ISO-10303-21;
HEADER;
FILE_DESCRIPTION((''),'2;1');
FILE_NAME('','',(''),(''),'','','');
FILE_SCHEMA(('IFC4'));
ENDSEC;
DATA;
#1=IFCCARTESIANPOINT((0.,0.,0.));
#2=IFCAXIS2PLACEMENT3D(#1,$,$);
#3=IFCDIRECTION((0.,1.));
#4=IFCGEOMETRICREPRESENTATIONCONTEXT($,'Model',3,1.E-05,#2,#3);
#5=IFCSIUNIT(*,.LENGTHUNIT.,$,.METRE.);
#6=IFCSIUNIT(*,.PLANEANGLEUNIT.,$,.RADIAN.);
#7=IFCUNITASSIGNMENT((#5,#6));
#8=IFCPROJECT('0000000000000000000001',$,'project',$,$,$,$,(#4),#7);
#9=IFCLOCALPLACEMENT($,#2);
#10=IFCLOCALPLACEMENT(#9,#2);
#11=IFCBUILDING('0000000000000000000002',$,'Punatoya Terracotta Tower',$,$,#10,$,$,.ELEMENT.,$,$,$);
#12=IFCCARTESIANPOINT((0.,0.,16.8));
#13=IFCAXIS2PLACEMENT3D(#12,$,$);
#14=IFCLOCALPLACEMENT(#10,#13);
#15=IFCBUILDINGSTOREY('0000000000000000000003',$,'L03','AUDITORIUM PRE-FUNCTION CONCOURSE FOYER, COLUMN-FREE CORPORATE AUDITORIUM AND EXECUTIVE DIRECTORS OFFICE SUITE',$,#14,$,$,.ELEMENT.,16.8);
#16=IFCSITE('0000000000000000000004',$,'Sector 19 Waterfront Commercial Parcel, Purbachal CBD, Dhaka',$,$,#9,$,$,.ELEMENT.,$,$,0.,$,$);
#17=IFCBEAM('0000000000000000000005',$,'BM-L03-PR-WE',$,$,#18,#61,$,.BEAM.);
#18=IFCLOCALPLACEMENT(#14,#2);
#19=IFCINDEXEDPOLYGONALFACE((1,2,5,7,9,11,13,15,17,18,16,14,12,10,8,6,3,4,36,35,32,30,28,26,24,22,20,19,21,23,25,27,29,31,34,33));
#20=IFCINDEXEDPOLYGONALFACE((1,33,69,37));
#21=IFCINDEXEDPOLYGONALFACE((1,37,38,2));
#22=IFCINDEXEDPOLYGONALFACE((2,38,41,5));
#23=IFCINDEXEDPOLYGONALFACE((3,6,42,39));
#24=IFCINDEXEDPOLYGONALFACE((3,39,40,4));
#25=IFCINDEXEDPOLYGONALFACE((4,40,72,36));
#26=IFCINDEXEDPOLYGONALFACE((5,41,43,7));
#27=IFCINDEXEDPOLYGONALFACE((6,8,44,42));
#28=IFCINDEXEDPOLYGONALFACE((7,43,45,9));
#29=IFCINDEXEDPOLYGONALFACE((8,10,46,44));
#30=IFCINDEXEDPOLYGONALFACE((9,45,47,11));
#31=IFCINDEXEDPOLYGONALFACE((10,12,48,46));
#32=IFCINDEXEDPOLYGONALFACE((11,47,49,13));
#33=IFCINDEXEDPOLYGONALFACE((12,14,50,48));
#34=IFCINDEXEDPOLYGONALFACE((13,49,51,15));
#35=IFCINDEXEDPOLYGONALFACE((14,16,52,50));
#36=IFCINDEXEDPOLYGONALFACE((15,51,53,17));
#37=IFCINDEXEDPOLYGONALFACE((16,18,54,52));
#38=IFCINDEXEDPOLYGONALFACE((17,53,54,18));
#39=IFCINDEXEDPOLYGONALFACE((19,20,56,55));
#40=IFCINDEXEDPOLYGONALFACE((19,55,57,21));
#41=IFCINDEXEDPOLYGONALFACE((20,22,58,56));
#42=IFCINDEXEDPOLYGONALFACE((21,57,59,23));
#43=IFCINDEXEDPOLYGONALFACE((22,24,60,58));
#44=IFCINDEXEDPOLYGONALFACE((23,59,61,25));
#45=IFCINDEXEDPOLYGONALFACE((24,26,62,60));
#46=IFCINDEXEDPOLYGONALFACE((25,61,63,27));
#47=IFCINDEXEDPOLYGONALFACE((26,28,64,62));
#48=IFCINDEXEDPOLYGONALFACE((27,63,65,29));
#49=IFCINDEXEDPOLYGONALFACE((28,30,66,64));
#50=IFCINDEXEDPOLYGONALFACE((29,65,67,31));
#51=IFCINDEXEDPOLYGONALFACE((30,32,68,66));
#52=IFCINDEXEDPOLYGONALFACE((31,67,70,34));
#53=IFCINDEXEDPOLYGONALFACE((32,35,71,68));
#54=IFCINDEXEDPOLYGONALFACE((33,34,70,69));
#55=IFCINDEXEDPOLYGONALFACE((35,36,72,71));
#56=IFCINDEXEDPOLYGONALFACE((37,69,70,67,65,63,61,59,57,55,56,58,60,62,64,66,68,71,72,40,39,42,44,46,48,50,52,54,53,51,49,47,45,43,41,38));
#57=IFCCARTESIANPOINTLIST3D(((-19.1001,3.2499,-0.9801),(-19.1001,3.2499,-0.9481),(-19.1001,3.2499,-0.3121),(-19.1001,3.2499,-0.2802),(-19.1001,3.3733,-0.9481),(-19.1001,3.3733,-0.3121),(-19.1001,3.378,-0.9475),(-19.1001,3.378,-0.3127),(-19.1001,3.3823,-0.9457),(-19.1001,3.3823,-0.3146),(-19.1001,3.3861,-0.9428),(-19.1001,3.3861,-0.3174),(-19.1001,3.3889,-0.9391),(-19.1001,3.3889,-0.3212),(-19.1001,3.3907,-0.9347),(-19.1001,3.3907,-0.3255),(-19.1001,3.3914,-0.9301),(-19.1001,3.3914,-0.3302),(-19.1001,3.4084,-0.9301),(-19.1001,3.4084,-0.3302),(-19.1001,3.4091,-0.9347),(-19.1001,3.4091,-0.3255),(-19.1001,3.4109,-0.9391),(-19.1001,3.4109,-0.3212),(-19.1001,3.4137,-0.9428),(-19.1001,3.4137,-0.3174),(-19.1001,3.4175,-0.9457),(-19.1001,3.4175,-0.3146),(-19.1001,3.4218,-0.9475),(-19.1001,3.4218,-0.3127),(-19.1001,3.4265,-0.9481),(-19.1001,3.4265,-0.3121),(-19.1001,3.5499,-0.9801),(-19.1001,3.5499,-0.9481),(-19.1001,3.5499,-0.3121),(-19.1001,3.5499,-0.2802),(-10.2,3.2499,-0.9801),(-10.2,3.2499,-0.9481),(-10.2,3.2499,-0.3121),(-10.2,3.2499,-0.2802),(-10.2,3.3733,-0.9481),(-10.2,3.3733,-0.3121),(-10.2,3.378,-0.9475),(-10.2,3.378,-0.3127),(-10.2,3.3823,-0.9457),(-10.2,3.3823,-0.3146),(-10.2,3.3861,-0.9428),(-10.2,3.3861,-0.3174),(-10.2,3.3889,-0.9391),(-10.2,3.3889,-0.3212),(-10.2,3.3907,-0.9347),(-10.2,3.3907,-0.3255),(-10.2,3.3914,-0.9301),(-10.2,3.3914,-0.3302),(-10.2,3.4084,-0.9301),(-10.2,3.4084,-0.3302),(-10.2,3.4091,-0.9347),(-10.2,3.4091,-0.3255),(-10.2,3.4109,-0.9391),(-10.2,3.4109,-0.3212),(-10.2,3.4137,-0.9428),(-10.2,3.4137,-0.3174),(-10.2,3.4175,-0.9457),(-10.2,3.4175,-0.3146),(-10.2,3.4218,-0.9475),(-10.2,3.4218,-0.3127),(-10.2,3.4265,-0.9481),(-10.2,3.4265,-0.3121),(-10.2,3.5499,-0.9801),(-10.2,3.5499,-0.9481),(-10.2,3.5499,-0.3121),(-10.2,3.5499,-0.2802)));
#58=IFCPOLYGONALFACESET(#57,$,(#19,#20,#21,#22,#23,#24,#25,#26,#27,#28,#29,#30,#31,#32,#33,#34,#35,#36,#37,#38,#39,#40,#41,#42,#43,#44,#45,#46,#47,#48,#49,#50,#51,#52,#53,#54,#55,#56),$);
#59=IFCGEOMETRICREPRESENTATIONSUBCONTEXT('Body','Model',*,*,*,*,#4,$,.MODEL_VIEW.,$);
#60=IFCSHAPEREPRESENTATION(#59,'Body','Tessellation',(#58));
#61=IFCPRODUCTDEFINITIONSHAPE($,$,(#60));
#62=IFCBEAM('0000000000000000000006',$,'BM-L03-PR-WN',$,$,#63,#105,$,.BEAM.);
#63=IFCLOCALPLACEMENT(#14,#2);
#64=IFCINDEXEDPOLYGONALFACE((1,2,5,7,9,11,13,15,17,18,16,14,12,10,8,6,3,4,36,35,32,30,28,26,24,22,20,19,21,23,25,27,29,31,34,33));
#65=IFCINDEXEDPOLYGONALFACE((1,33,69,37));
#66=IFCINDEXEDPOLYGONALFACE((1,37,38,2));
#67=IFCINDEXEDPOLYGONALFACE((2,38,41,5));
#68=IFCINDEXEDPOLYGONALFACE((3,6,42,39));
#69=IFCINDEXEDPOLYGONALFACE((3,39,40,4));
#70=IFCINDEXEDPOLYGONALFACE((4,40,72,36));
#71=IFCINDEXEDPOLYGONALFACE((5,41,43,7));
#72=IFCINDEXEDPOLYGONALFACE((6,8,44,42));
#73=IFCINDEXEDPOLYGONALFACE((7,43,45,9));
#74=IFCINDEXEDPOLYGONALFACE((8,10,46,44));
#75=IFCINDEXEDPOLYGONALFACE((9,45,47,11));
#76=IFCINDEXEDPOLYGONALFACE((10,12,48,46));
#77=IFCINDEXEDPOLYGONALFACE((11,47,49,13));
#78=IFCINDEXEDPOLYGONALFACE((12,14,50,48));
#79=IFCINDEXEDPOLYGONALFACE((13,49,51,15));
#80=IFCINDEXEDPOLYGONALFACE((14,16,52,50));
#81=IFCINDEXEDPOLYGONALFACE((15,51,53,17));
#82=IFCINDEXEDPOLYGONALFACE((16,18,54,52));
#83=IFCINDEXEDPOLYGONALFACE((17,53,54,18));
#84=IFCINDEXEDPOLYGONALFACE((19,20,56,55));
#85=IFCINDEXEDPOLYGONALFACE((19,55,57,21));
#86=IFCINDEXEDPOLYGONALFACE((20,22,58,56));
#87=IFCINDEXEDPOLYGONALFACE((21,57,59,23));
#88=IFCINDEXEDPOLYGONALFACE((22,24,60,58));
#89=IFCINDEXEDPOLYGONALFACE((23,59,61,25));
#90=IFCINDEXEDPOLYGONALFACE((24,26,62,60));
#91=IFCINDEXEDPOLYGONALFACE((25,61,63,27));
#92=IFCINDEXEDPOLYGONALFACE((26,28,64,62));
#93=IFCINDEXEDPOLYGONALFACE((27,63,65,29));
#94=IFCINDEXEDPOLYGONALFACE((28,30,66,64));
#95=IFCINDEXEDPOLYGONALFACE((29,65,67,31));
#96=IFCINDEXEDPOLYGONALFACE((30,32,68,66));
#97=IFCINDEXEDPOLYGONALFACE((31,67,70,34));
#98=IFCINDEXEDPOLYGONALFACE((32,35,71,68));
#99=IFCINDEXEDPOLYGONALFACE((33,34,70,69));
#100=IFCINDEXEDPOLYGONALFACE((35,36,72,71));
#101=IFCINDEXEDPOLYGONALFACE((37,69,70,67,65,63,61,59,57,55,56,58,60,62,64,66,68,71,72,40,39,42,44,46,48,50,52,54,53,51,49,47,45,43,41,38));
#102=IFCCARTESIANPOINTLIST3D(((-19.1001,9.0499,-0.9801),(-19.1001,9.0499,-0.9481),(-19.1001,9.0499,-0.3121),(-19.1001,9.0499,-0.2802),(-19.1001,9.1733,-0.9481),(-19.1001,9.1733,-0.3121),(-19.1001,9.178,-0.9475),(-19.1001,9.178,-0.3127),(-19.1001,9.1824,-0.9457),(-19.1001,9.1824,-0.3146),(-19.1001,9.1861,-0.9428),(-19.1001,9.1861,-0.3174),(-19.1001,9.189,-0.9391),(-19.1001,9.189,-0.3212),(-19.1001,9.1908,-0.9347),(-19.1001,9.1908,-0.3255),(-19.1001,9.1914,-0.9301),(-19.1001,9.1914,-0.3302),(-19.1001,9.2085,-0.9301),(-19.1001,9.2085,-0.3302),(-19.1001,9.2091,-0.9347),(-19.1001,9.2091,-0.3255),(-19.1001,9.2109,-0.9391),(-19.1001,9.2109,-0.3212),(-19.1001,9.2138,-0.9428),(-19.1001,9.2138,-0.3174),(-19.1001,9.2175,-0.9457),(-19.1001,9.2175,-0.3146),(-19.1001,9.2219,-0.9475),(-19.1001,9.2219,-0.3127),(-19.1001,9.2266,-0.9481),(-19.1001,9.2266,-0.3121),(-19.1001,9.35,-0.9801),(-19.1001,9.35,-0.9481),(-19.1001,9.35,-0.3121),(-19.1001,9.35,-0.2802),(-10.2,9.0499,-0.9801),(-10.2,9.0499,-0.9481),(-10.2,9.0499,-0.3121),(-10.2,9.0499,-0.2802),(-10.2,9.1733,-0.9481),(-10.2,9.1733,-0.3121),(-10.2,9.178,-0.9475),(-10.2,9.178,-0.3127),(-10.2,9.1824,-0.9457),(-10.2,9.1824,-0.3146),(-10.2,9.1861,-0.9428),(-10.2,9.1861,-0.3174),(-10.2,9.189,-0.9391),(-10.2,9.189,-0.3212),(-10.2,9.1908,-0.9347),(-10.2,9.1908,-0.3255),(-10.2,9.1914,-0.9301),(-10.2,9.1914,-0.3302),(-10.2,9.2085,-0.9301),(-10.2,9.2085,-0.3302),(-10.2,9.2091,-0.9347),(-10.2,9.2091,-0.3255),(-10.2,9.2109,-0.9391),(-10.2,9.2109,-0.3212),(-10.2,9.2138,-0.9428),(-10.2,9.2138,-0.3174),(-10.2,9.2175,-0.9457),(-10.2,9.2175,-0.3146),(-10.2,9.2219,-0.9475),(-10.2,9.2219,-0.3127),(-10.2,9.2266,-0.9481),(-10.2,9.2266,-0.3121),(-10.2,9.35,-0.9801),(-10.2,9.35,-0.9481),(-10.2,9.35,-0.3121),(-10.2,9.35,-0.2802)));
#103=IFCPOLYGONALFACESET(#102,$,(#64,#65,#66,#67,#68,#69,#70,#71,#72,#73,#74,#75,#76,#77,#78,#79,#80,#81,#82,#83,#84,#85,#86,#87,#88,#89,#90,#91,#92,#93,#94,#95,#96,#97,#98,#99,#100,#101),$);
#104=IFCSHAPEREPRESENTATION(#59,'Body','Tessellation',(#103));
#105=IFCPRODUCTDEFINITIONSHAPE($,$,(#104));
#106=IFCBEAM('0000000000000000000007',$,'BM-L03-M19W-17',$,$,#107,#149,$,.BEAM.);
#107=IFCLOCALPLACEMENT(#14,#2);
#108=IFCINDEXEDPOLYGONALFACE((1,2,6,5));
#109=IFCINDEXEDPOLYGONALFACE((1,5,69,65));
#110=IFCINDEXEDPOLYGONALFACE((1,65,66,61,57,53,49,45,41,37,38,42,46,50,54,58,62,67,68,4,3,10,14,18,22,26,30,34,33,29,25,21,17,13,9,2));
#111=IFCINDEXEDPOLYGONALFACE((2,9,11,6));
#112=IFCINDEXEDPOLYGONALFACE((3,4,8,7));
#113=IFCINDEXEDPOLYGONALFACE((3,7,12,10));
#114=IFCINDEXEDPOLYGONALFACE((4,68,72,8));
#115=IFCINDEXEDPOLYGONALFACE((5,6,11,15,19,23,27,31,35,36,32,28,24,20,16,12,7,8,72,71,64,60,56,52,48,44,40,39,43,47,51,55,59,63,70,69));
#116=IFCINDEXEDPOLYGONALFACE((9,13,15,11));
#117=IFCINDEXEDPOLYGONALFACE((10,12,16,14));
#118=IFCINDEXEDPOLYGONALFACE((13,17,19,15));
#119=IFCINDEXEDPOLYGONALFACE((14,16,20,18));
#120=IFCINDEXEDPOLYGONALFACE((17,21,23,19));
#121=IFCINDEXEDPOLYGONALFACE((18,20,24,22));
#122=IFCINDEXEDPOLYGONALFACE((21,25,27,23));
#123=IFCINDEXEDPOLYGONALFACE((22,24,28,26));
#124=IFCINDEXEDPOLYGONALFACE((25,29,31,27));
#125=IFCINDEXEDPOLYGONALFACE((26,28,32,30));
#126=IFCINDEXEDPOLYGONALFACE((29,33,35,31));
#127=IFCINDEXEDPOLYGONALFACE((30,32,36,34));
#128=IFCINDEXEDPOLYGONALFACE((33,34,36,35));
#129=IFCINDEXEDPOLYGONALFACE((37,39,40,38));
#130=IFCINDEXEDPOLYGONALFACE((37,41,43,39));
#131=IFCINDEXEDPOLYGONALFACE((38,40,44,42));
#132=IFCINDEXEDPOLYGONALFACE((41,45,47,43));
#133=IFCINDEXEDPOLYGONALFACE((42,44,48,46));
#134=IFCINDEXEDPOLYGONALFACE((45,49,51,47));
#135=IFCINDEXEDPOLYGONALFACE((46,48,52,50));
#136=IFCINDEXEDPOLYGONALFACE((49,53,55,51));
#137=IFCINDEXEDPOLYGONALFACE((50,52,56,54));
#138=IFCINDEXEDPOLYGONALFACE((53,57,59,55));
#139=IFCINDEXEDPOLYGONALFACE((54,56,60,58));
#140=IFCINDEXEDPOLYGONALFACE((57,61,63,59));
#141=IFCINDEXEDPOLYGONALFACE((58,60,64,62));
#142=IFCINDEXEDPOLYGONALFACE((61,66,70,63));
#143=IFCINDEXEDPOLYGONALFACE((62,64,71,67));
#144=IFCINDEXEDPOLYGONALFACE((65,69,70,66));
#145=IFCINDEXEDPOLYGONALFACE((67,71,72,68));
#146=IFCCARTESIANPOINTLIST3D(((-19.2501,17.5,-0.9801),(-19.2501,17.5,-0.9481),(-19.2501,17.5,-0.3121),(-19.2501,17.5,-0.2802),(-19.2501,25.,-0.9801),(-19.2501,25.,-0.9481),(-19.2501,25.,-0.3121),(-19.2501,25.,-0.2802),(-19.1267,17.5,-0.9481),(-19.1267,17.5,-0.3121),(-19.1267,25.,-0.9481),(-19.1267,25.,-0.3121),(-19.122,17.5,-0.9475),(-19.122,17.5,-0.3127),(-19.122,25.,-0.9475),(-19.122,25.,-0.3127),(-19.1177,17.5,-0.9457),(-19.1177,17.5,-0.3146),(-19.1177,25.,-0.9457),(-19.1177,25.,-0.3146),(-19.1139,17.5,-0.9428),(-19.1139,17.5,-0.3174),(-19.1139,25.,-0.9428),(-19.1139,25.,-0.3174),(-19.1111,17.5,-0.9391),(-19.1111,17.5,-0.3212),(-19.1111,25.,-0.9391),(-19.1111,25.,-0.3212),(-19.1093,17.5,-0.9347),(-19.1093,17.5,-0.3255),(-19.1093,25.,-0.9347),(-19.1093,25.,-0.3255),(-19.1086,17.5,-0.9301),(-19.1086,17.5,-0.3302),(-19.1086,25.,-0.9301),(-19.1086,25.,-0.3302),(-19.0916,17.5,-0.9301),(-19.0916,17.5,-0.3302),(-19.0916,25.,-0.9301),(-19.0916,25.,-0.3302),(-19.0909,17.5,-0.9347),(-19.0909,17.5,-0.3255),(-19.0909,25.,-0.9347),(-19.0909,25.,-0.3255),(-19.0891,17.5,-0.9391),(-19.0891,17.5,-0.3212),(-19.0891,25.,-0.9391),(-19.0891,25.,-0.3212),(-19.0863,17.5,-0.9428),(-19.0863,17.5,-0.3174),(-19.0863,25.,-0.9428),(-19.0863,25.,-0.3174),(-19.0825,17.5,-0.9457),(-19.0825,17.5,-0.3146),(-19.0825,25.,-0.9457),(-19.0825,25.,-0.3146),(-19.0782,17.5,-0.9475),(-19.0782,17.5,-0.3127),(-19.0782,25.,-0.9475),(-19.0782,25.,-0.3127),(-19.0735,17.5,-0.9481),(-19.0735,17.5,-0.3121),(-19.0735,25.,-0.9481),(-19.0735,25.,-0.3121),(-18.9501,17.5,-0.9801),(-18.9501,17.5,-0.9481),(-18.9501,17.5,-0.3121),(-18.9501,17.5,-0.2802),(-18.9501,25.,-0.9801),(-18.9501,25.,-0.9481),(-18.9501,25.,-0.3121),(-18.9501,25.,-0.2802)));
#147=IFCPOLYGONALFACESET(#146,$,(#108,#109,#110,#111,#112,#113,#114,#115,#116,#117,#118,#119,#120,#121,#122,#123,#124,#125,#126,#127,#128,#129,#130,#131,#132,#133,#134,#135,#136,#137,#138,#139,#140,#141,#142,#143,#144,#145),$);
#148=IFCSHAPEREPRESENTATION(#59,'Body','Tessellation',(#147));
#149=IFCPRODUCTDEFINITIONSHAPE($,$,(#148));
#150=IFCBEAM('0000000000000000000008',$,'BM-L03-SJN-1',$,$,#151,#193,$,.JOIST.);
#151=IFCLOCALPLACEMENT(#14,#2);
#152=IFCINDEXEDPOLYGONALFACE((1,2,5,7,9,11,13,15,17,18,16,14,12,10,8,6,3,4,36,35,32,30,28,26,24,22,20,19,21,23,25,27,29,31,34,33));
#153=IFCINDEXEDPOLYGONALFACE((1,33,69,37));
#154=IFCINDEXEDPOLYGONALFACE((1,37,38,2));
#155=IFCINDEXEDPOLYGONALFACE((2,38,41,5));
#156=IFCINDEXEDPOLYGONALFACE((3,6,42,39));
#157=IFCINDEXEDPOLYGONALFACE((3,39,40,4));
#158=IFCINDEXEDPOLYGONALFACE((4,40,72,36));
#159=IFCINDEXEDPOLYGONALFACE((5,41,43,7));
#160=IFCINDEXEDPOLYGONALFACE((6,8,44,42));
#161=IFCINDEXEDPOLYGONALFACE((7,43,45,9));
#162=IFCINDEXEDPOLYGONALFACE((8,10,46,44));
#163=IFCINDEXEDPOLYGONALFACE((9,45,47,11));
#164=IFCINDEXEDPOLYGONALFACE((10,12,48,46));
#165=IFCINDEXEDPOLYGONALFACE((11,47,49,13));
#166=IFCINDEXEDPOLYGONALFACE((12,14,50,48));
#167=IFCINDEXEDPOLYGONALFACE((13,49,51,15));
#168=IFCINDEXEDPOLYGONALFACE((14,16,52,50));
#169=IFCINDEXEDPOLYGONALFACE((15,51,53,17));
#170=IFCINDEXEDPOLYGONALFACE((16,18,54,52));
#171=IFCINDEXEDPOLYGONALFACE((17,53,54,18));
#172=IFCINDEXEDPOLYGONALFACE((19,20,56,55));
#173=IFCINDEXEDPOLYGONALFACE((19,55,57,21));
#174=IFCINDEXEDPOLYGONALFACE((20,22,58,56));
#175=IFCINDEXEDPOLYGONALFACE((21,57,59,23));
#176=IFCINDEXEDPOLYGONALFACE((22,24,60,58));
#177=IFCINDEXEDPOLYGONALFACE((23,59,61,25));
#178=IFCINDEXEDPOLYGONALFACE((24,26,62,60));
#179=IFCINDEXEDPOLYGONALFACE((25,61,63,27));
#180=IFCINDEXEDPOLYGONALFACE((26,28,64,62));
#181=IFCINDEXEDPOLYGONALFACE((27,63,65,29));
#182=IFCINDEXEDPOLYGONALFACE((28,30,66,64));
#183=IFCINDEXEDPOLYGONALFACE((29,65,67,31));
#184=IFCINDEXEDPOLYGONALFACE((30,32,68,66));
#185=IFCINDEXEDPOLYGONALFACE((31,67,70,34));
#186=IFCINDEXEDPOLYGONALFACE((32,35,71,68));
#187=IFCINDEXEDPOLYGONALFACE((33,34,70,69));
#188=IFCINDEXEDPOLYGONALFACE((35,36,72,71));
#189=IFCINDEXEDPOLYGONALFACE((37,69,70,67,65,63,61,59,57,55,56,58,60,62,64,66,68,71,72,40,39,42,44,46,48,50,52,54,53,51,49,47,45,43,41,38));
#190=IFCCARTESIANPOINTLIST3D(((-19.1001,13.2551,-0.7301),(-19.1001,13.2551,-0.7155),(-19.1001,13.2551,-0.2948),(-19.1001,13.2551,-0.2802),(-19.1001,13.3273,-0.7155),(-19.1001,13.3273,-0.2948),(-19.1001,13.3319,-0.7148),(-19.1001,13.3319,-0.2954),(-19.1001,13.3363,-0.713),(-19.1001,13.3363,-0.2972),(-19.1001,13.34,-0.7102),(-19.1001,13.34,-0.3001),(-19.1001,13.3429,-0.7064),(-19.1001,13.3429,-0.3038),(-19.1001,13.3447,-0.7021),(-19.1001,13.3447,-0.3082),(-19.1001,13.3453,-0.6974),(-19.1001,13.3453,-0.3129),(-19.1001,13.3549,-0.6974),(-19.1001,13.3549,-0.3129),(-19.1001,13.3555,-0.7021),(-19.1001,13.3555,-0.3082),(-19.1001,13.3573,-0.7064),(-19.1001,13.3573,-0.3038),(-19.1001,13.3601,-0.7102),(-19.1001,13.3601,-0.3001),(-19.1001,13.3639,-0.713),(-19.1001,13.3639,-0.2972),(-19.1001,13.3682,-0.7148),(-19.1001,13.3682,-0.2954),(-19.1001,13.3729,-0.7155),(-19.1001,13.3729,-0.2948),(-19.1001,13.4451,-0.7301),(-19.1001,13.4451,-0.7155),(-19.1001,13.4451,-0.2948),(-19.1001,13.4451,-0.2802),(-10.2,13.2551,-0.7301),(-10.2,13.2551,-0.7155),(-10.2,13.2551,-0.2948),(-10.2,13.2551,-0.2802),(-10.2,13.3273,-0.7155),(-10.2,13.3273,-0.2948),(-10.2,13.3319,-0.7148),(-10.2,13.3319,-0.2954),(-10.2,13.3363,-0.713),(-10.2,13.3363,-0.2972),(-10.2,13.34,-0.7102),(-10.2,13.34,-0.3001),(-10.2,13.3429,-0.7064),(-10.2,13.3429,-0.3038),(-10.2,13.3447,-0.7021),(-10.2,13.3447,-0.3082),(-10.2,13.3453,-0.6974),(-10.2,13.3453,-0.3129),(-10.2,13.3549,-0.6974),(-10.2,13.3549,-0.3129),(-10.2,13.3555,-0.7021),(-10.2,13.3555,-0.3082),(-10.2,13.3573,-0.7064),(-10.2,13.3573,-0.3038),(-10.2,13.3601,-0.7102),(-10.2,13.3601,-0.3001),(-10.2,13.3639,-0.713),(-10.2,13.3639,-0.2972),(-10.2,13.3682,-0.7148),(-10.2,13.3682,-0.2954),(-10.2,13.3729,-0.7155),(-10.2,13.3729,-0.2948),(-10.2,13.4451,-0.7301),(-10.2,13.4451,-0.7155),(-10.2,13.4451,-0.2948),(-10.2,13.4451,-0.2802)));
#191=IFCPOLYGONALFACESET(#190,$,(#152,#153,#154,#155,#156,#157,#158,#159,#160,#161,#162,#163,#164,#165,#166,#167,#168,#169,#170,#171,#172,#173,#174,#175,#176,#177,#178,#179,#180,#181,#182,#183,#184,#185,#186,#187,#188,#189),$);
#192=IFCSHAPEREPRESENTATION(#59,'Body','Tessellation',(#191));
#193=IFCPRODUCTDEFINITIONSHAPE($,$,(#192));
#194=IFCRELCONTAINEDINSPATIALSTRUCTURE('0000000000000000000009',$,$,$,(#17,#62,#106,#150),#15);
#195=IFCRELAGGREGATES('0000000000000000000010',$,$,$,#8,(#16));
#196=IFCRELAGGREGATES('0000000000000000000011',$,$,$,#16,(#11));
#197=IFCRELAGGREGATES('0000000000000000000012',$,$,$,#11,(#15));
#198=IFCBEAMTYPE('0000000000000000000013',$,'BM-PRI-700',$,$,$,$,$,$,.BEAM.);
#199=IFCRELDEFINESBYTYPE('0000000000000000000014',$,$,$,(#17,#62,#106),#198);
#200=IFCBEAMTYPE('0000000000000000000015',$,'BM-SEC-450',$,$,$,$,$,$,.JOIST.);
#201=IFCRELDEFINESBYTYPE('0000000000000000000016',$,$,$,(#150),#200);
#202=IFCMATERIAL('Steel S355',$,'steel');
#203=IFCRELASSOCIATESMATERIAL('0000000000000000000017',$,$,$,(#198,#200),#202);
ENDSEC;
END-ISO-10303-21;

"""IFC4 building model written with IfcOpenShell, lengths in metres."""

from ifc_helpers import new_model, si_unit, direction, frame, origin, origin_2d, place, context, subcontext, project, spatial, i_section, extrude, material, material_profile, profile_set, type_object, element, save


model = new_model("IFC4")

# Units and contexts
model_context = context("Model", 3, precision=1e-05, world=origin(), true_north=direction((0.0, 1.0)))
body_context = subcontext(model_context, "Body", "Model", "MODEL_VIEW")
ifc_project = project(units=[si_unit("LENGTHUNIT", "METRE"), si_unit("PLANEANGLEUNIT", "RADIAN")], contexts=[model_context])

# Site, building, storey
site_placement = place(None, origin())
site = spatial("IfcSite", under=ifc_project, at=site_placement, Name="Sector 19 Waterfront Commercial Parcel, Purbachal CBD, Dhaka", CompositionType="ELEMENT", RefElevation=0.0)
building_placement = place(site_placement, origin())
building = spatial("IfcBuilding", under=site, at=building_placement, Name="Punatoya Terracotta Tower", CompositionType="ELEMENT")
storey_placement = place(building_placement, frame((0.0, 0.0, 16.8)))
storey = spatial("IfcBuildingStorey", under=building, at=storey_placement, Name="L03", Description="AUDITORIUM PRE-FUNCTION CONCOURSE FOYER, COLUMN-FREE CORPORATE AUDITORIUM AND EXECUTIVE DIRECTORS OFFICE SUITE", CompositionType="ELEMENT", Elevation=16.8)

# Beams
ifc_material_1 = material(Name="Steel S355", Category="steel")
ifc_material_profile_1 = material_profile(ifc_material_1, i_section(OverallWidth=0.3, OverallDepth=0.7, WebThickness=0.0171, FlangeThickness=0.032, FilletRadius=0.0181, at=origin_2d()))
ifc_profile_set_1 = profile_set([ifc_material_profile_1], Name="Steel S355")
beam_type_1 = type_object("IfcBeamType", Name="BM-PRI-700", PredefinedType="BEAM", material=ifc_profile_set_1)
for number, where, z_axis, x_axis, name in (
    (1, (-19.1001, 3.3999, -0.6301), (1.0, 0.0, 0.0), (0.0, 1.0, 0.0), "BM-L03-PR-WE"),
    (2, (-19.1001, 9.2, -0.6301), (1.0, 0.0, 0.0), (0.0, 1.0, 0.0), "BM-L03-PR-WN"),
):
    element("IfcBeam", number, at=place(storey_placement, frame(where, z_axis=z_axis, x_axis=x_axis)), inside=storey, type_object=beam_type_1, Name=name, PredefinedType="BEAM", context=body_context, shape_type="SweptSolid", body=[
        extrude(i_section(OverallWidth=0.3, OverallDepth=0.7, WebThickness=0.0171, FlangeThickness=0.032, FilletRadius=0.0181, at=origin_2d()), origin(), (0.0, 0.0, 1.0), 8.9001),
    ])
beam_1_placement = place(storey_placement, frame((-19.1001, 17.5, -0.6301), z_axis=(0.0, 1.0, 0.0), x_axis=(-1.0, 0.0, 0.0)))
element("IfcBeam", 3, at=beam_1_placement, inside=storey, type_object=beam_type_1, Name="BM-L03-M19W-17", PredefinedType="BEAM", context=body_context, shape_type="SweptSolid", body=[
    extrude(i_section(OverallWidth=0.3, OverallDepth=0.7, WebThickness=0.0171, FlangeThickness=0.032, FilletRadius=0.0181, at=origin_2d()), origin(), (0.0, 0.0, 1.0), 7.5),
])
ifc_material_profile_2 = material_profile(ifc_material_1, i_section(OverallWidth=0.1899, OverallDepth=0.45, WebThickness=0.0095, FlangeThickness=0.0146, FilletRadius=0.0181, at=origin_2d()))
ifc_profile_set_2 = profile_set([ifc_material_profile_2], Name="Steel S355")
beam_type_2 = type_object("IfcBeamType", Name="BM-SEC-450", PredefinedType="JOIST", material=ifc_profile_set_2)
beam_2_placement = place(storey_placement, frame((-19.1001, 13.3501, -0.5051), z_axis=(1.0, 0.0, 0.0), x_axis=(0.0, 1.0, 0.0)))
element("IfcBeam", 4, at=beam_2_placement, inside=storey, type_object=beam_type_2, Name="BM-L03-SJN-1", PredefinedType="JOIST", context=body_context, shape_type="SweptSolid", body=[
    extrude(i_section(OverallWidth=0.1899, OverallDepth=0.45, WebThickness=0.0095, FlangeThickness=0.0146, FilletRadius=0.0181, at=origin_2d()), origin(), (0.0, 0.0, 1.0), 8.9001),
])

save(model, "model.ifc")
